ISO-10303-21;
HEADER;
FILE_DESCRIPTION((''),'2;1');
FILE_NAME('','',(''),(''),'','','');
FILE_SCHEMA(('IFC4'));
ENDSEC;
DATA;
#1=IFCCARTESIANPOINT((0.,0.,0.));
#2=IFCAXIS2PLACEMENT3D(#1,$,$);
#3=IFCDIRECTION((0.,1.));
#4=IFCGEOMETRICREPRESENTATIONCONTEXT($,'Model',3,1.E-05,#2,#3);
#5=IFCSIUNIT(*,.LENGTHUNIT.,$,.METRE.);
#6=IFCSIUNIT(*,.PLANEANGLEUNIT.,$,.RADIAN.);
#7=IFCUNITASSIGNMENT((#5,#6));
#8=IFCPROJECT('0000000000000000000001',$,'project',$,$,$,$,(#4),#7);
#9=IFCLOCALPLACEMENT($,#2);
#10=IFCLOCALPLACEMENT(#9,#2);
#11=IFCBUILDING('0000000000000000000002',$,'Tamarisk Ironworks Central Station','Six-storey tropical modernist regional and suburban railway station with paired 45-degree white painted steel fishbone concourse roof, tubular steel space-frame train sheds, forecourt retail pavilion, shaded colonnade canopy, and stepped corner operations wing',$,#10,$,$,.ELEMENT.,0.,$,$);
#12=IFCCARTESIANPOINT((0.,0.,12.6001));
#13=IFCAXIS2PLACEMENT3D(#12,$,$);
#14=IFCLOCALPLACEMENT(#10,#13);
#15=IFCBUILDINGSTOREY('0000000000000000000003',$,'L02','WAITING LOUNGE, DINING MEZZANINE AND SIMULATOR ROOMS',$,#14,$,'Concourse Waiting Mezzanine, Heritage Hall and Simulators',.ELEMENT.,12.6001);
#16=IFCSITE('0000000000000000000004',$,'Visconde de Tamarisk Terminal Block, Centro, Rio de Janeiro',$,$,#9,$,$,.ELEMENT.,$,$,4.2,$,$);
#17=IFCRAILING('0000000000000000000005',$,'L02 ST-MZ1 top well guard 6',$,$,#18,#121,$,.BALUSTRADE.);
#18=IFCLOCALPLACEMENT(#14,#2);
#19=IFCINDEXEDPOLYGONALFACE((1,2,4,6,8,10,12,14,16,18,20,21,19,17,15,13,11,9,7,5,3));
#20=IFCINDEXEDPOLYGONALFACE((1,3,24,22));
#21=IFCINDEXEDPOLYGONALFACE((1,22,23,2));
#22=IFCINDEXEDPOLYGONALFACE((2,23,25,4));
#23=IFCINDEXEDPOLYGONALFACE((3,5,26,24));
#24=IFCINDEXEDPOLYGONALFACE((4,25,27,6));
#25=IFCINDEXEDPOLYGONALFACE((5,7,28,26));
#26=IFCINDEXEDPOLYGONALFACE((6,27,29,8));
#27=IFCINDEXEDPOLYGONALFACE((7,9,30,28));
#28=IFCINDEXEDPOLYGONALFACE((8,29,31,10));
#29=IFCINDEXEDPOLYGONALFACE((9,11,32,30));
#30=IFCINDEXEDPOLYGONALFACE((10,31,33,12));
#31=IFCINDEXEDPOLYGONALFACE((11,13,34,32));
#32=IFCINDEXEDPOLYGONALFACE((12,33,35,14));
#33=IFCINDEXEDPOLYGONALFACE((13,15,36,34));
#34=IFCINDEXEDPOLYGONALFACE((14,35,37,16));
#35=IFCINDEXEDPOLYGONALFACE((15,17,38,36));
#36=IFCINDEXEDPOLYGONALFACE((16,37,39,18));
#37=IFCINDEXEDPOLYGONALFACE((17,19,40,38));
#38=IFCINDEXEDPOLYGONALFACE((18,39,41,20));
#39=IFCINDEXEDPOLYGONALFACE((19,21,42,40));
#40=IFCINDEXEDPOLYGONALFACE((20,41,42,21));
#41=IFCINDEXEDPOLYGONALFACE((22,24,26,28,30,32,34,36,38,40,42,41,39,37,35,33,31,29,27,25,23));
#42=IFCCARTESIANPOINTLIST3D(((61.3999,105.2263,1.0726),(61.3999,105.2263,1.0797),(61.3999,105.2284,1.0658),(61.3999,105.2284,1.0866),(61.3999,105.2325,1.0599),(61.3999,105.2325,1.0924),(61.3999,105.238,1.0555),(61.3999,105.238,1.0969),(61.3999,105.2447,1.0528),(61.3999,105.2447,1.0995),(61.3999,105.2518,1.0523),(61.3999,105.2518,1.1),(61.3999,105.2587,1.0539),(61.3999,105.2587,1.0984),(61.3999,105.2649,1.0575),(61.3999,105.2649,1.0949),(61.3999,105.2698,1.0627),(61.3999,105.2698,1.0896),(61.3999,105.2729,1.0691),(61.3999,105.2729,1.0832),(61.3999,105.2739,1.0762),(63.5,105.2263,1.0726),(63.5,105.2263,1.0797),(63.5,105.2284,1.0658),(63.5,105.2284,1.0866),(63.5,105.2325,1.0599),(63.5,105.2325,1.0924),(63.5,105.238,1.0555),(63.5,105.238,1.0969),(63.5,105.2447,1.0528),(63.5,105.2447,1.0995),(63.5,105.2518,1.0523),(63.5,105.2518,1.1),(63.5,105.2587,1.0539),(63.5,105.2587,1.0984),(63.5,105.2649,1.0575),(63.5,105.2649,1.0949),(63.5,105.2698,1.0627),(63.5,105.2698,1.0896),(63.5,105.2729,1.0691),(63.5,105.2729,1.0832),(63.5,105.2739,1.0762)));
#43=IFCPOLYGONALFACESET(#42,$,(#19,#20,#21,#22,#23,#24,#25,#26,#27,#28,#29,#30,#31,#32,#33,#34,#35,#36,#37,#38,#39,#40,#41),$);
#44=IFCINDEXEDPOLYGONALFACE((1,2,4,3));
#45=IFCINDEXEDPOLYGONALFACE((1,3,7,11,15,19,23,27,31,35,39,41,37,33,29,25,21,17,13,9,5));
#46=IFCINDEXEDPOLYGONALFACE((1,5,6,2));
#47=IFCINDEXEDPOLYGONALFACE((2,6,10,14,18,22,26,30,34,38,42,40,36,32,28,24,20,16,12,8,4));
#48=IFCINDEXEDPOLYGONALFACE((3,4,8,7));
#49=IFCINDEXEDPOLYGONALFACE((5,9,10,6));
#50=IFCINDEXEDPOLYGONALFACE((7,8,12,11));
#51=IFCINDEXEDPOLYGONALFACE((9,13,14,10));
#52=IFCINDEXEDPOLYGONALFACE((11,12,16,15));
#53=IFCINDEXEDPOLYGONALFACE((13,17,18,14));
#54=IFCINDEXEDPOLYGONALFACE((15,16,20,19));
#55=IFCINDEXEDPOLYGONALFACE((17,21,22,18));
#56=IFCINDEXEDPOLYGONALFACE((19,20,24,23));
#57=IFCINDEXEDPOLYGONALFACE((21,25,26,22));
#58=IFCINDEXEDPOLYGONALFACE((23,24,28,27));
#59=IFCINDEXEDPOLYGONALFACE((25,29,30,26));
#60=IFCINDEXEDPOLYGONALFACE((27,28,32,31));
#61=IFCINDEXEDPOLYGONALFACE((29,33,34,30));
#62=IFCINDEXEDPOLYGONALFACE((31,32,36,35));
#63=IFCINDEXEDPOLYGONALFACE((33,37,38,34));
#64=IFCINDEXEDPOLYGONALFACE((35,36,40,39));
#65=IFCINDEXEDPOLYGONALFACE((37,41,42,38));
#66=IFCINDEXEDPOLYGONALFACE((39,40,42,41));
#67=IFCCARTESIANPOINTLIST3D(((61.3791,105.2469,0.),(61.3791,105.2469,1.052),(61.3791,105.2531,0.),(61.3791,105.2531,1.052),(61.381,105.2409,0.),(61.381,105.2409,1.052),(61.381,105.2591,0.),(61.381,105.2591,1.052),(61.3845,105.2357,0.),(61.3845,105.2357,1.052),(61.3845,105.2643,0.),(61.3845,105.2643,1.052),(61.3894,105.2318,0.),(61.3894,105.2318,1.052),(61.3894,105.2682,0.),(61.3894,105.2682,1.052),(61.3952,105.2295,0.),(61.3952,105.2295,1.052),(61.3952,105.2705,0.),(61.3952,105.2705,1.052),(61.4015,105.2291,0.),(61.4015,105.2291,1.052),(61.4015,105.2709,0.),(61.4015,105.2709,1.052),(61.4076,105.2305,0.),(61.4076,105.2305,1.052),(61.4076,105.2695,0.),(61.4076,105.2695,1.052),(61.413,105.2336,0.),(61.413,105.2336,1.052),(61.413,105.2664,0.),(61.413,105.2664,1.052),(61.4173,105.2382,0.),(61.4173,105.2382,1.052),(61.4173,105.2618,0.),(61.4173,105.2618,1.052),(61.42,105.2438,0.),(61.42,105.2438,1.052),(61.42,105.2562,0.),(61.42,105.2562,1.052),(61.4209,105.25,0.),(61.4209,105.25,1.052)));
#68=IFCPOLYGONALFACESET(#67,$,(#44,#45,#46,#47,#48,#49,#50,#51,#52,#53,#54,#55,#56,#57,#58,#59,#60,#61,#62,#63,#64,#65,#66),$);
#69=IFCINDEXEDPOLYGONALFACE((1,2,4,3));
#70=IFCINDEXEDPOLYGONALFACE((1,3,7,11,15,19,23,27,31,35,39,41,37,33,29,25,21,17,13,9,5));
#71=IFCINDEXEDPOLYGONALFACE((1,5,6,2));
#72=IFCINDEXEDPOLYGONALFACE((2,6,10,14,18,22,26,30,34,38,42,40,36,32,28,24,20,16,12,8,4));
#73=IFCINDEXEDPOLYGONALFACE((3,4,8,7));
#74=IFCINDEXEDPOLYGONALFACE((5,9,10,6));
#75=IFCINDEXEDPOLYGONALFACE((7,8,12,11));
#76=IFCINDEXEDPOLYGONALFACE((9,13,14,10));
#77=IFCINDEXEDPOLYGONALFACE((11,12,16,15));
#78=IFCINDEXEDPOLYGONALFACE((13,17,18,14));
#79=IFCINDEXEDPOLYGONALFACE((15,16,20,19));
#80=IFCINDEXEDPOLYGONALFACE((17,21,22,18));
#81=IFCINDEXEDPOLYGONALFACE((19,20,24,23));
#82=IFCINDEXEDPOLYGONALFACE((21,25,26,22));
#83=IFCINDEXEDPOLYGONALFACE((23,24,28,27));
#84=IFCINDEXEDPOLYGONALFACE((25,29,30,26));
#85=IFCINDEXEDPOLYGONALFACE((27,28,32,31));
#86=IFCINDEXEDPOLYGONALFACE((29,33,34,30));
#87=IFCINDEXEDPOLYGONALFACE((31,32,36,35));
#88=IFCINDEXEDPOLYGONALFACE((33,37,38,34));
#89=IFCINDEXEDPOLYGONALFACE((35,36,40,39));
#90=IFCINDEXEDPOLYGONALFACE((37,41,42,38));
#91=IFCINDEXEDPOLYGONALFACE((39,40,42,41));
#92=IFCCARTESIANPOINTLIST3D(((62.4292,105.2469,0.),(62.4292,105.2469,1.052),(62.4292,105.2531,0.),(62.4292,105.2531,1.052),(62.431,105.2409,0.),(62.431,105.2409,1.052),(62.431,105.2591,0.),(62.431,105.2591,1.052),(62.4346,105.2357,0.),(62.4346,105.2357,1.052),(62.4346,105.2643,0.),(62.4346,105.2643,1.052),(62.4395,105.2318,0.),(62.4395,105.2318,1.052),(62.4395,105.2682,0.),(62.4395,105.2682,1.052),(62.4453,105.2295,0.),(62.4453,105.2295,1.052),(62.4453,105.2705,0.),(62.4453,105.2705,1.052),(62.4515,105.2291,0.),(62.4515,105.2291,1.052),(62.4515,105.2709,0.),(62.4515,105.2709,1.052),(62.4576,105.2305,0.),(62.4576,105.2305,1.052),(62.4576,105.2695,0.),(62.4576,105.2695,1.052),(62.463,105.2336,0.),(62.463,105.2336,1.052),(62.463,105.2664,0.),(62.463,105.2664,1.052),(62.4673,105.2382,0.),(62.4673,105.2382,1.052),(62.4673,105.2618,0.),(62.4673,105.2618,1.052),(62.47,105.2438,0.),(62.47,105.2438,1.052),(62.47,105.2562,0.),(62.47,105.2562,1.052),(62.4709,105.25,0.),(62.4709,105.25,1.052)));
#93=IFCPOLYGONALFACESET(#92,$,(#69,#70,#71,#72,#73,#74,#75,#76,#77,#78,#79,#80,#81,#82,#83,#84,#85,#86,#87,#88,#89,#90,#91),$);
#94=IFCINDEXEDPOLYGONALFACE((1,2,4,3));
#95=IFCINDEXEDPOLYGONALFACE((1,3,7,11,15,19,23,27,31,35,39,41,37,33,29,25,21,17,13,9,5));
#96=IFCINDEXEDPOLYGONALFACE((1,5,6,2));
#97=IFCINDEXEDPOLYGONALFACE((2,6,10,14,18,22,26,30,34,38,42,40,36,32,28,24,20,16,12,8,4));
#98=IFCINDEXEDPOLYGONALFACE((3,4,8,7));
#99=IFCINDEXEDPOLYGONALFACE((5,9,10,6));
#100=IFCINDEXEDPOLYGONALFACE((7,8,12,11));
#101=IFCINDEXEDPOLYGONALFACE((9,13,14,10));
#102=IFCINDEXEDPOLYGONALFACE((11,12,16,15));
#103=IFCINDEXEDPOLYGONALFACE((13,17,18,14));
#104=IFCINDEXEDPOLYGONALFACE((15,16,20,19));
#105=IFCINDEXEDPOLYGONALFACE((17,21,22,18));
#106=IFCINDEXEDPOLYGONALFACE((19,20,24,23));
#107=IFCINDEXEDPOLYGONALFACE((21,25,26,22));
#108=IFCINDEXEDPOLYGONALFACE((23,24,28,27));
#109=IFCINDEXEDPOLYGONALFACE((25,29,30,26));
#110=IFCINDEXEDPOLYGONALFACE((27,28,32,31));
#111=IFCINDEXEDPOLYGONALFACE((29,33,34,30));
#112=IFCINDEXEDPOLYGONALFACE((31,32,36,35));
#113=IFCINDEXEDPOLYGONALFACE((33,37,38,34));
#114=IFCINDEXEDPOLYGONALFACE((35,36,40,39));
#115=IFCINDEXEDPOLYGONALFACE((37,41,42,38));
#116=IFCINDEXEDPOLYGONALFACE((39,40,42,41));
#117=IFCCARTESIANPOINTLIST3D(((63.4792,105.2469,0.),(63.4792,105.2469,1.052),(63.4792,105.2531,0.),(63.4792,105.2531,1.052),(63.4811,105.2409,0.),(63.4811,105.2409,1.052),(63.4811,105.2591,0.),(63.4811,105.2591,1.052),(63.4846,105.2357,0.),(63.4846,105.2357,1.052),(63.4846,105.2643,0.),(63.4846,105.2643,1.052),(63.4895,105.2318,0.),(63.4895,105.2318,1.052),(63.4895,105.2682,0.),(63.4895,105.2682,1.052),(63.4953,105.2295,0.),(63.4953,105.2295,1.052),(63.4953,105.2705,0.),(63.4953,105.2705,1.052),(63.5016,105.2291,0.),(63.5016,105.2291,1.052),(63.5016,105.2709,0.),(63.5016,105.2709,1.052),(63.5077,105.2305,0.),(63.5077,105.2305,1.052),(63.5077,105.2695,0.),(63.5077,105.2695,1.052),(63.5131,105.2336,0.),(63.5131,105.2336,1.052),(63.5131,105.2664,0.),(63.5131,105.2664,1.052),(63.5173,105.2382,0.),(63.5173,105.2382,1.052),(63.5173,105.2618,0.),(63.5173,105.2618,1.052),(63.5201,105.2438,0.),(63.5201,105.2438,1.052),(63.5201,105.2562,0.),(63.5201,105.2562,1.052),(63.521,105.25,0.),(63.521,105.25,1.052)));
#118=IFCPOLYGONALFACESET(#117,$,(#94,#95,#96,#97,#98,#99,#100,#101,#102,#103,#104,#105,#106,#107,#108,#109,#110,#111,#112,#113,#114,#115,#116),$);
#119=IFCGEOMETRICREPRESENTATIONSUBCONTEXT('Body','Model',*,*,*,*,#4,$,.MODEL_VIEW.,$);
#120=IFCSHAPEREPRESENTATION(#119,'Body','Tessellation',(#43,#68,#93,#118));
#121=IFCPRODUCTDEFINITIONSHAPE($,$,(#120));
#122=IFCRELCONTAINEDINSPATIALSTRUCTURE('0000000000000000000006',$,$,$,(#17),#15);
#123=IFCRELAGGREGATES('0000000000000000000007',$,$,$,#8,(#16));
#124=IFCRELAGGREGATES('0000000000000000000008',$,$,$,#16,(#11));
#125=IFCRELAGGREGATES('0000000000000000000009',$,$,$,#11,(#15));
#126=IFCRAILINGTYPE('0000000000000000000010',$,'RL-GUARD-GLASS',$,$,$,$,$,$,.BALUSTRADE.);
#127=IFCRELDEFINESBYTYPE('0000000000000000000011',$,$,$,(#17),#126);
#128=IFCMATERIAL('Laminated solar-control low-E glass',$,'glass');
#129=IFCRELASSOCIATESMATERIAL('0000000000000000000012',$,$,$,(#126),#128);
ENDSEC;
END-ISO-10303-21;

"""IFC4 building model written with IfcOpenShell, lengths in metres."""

from ifc_helpers import new_model, si_unit, direction, frame, origin, origin_2d, place, context, subcontext, project, spatial, circle, extrude, material, type_object, element, save


model = new_model("IFC4")

# Units and contexts
model_context = context("Model", 3, precision=1e-05, world=origin(), true_north=direction((0.0, 1.0)))
body_context = subcontext(model_context, "Body", "Model", "MODEL_VIEW")
ifc_project = project(units=[si_unit("LENGTHUNIT", "METRE"), si_unit("PLANEANGLEUNIT", "RADIAN")], contexts=[model_context])

# Site, building, storey
site_placement = place(None, origin())
site = spatial("IfcSite", under=ifc_project, at=site_placement, Name="Visconde de Tamarisk Terminal Block, Centro, Rio de Janeiro", CompositionType="ELEMENT", RefElevation=4.2)
building_placement = place(site_placement, origin())
building = spatial("IfcBuilding", under=site, at=building_placement, Name="Tamarisk Ironworks Central Station", Description="Six-storey tropical modernist regional and suburban railway station with paired 45-degree white painted steel fishbone concourse roof, tubular steel space-frame train sheds, forecourt retail pavilion, shaded colonnade canopy, and stepped corner operations wing", CompositionType="ELEMENT", ElevationOfRefHeight=0.0)
storey_placement = place(building_placement, frame((0.0, 0.0, 12.6001)))
storey = spatial("IfcBuildingStorey", under=building, at=storey_placement, Name="L02", Description="WAITING LOUNGE, DINING MEZZANINE AND SIMULATOR ROOMS", LongName="Concourse Waiting Mezzanine, Heritage Hall and Simulators", CompositionType="ELEMENT", Elevation=12.6001)

# Railing
ifc_material_1 = material(Name="Laminated solar-control low-E glass", Category="glass")
railing_type_1 = type_object("IfcRailingType", Name="RL-GUARD-GLASS", PredefinedType="BALUSTRADE", material=ifc_material_1)
for number, where, name in (
    (1, (61.3999, 105.25, 0.0), "L02 ST-MZ1 top well guard 6"),
):
    element("IfcRailing", number, at=place(storey_placement, frame(where)), inside=storey, type_object=railing_type_1, Name=name, PredefinedType="BALUSTRADE", context=body_context, shape_type="SweptSolid", body=[
        extrude(circle(Radius=0.0239, at=origin_2d()), frame((0.0, 0.0, 1.0762), z_axis=(1.0, 0.0, 0.0), x_axis=(0.0, 1.0, 0.0)), (0.0, 0.0, 1.0), 2.1001),
        extrude(circle(Radius=0.021, at=origin_2d()), origin(), (0.0, 0.0, 1.0), 1.052),
        extrude(circle(Radius=0.021, at=origin_2d()), frame((1.05, 0.0, 0.0)), (0.0, 0.0, 1.0), 1.052),
        extrude(circle(Radius=0.021, at=origin_2d()), frame((2.1001, 0.0, 0.0)), (0.0, 0.0, 1.0), 1.052),
    ])

save(model, "model.ifc")
